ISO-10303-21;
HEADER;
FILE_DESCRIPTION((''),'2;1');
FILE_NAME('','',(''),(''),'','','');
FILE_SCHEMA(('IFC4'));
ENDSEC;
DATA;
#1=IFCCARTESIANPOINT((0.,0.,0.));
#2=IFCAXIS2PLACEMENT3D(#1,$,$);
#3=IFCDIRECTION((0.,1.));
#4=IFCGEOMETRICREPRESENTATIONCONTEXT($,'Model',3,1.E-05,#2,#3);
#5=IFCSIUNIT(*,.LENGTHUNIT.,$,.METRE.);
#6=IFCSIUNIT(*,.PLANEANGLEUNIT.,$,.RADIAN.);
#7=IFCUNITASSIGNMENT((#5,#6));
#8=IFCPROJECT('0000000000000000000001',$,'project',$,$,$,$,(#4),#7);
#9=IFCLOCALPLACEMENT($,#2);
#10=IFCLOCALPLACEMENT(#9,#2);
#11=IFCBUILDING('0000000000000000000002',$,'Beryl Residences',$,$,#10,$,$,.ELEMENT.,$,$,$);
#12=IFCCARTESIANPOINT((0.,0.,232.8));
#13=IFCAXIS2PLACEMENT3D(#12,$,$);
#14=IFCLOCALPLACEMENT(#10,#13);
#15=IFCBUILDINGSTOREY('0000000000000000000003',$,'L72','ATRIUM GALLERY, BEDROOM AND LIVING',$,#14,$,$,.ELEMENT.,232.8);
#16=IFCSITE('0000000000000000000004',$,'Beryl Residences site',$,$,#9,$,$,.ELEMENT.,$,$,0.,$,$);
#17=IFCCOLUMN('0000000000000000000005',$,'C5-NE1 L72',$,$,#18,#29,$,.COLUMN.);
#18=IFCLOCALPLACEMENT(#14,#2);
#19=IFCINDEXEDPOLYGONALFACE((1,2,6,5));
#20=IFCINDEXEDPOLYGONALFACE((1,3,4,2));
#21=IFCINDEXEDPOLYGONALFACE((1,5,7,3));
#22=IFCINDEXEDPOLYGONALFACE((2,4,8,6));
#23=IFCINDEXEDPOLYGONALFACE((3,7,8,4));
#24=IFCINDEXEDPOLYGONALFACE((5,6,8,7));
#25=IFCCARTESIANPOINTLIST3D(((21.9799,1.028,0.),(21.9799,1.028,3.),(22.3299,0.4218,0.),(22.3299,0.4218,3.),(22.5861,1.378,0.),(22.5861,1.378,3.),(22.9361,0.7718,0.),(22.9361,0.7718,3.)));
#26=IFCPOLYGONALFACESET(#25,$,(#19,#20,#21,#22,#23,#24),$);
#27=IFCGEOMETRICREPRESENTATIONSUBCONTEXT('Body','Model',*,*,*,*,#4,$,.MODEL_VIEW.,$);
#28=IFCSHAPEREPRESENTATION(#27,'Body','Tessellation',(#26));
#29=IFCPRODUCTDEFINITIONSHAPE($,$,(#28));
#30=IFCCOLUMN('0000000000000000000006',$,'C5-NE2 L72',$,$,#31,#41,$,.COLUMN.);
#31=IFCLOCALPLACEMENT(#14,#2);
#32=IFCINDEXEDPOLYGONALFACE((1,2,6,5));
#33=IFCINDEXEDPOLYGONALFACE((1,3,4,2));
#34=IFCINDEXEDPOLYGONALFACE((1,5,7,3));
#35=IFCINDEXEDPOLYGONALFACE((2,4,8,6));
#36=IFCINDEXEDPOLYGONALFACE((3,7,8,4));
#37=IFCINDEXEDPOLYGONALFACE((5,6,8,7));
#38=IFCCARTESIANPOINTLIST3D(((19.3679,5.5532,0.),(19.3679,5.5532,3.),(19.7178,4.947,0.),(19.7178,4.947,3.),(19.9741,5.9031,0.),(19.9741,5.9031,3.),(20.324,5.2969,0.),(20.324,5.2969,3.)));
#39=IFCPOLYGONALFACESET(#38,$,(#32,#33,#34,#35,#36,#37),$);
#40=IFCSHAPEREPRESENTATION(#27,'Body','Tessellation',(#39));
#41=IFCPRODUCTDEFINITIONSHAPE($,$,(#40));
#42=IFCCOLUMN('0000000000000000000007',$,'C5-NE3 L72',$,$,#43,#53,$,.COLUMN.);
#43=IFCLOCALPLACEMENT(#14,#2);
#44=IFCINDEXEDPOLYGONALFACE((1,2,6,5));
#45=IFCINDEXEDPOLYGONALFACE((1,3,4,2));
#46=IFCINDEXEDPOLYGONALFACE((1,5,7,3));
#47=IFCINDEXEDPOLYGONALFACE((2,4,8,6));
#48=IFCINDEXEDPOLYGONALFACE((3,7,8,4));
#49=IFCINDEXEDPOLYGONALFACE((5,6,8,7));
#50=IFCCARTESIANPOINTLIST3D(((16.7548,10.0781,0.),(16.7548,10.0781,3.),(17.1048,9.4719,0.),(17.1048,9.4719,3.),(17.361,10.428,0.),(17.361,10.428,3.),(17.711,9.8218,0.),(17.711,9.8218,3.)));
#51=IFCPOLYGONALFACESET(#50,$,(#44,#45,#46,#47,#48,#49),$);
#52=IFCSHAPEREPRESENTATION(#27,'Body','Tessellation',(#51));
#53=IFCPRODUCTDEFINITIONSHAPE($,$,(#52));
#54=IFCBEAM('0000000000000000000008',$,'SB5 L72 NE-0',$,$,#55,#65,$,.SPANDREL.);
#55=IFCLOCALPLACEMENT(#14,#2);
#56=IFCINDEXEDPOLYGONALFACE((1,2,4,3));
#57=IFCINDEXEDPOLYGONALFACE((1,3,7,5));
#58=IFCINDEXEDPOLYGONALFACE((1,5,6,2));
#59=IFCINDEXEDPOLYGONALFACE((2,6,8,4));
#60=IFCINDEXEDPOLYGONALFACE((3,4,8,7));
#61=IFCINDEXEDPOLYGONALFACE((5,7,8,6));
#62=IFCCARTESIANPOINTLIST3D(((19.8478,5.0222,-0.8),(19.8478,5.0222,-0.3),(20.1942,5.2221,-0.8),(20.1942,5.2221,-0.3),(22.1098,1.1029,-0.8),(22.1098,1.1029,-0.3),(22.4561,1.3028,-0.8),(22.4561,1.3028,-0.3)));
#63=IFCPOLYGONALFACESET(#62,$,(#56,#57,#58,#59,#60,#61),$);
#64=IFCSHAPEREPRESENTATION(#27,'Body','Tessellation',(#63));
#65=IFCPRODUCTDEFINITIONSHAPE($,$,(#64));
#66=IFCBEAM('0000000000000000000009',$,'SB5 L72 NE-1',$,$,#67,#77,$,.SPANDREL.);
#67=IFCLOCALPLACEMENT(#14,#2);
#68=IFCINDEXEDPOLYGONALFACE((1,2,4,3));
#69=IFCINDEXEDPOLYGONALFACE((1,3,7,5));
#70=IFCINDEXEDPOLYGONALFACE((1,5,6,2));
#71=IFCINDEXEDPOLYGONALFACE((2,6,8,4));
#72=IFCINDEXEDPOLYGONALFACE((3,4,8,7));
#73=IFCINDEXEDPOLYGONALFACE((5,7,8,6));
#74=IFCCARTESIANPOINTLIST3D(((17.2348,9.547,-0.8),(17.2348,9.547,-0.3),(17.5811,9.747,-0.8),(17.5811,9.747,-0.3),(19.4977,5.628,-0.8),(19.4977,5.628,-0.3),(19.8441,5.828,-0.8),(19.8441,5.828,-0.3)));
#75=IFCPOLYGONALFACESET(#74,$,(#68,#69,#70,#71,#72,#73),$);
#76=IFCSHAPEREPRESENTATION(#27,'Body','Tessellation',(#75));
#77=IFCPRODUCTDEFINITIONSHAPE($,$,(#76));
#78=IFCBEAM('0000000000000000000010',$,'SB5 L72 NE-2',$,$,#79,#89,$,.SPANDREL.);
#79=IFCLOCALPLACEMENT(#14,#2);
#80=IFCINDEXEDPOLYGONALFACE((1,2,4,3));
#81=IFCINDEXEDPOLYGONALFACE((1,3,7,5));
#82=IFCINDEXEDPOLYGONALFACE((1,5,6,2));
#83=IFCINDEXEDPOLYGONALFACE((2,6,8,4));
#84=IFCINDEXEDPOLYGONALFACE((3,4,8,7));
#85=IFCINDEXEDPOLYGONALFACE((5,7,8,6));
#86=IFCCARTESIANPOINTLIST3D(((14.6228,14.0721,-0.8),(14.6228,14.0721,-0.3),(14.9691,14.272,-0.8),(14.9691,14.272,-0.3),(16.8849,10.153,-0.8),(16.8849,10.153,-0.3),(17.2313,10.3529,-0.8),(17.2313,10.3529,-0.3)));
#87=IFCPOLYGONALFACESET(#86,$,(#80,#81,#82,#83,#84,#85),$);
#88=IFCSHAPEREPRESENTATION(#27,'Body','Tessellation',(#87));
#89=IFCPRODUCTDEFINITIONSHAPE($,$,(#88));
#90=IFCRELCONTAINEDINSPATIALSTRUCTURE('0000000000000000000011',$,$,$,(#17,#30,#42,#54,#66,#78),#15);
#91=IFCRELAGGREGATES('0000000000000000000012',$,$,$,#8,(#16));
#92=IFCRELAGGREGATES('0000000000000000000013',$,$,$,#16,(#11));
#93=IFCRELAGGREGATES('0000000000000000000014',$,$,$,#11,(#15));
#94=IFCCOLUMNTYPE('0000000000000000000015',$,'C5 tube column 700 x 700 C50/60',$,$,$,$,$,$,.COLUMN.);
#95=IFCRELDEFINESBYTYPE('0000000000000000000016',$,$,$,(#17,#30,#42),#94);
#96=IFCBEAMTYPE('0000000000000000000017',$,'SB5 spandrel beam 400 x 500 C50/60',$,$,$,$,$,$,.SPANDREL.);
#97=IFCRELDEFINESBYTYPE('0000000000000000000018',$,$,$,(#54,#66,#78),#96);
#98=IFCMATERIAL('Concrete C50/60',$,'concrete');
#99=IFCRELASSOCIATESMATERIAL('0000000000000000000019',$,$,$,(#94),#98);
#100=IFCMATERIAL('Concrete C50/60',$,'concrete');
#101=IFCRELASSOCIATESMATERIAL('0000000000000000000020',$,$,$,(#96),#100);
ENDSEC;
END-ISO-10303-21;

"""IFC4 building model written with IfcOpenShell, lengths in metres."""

from ifc_helpers import new_model, si_unit, direction, frame, origin, origin_2d, place, context, subcontext, project, spatial, rectangle, extrude, material, material_profile, profile_set, type_object, element, save


model = new_model("IFC4")

# Units and contexts
model_context = context("Model", 3, precision=1e-05, world=origin(), true_north=direction((0.0, 1.0)))
body_context = subcontext(model_context, "Body", "Model", "MODEL_VIEW")
ifc_project = project(units=[si_unit("LENGTHUNIT", "METRE"), si_unit("PLANEANGLEUNIT", "RADIAN")], contexts=[model_context])

# Site, building, storey
site_placement = place(None, origin())
site = spatial("IfcSite", under=ifc_project, at=site_placement, Name="Beryl Residences site", CompositionType="ELEMENT", RefElevation=0.0)
building_placement = place(site_placement, origin())
building = spatial("IfcBuilding", under=site, at=building_placement, Name="Beryl Residences", CompositionType="ELEMENT")
storey_placement = place(building_placement, frame((0.0, 0.0, 232.8)))
storey = spatial("IfcBuildingStorey", under=building, at=storey_placement, Name="L72", Description="ATRIUM GALLERY, BEDROOM AND LIVING", CompositionType="ELEMENT", Elevation=232.8)

# Columns
ifc_material_1 = material(Name="Concrete C50/60", Category="concrete")
ifc_material_profile_1 = material_profile(ifc_material_1, rectangle(XDim=0.7, YDim=0.7, at=origin_2d()))
ifc_profile_set_1 = profile_set([ifc_material_profile_1], Name="Concrete C50/60")
column_type = type_object("IfcColumnType", Name="C5 tube column 700 x 700 C50/60", PredefinedType="COLUMN", material=ifc_profile_set_1)
for number, where, z_axis, x_axis, name in (
    (1, (22.458, 0.8999, 0.0), (0.0, 0.0, 1.0), (-0.49997, 0.866043, 0.0), "C5-NE1 L72"),
    (2, (19.8459, 5.425, 0.0), (0.0, 0.0, 1.0), (-0.49997, 0.866043, 0.0), "C5-NE2 L72"),
    (3, (17.2329, 9.95, 0.0), (0.0, 0.0, 1.0), (-0.49997, 0.866043, 0.0), "C5-NE3 L72"),
):
    element("IfcColumn", number, at=place(storey_placement, frame(where, z_axis=z_axis, x_axis=x_axis)), inside=storey, type_object=column_type, Name=name, PredefinedType="COLUMN", context=body_context, shape_type="SweptSolid", body=[
        extrude(rectangle(XDim=0.7, YDim=0.7, at=origin_2d()), origin(), (0.0, 0.0, 1.0), 3.0),
    ])

# Beams
ifc_material_2 = material(Name="Concrete C50/60", Category="concrete")
ifc_material_profile_2 = material_profile(ifc_material_2, rectangle(XDim=0.3999, YDim=0.5, at=origin_2d()))
ifc_profile_set_2 = profile_set([ifc_material_profile_2], Name="Concrete C50/60")
beam_type = type_object("IfcBeamType", Name="SB5 spandrel beam 400 x 500 C50/60", PredefinedType="SPANDREL", material=ifc_profile_set_2)
beam_1_placement = place(storey_placement, frame((22.283, 1.2029, -0.55), z_axis=(-0.49987, 0.8661, 0.0), x_axis=(-0.8661, -0.49987, 0.0)))
element("IfcBeam", 4, at=beam_1_placement, inside=storey, type_object=beam_type, Name="SB5 L72 NE-0", PredefinedType="SPANDREL", context=body_context, shape_type="SweptSolid", body=[
    extrude(rectangle(XDim=0.3999, YDim=0.5, at=origin_2d()), origin(), (0.0, 0.0, 1.0), 4.5251),
])
beam_2_placement = place(storey_placement, frame((19.6709, 5.728, -0.55), z_axis=(-0.500056, 0.865993, 0.0), x_axis=(-0.865993, -0.500056, 0.0)))
element("IfcBeam", 5, at=beam_2_placement, inside=storey, type_object=beam_type, Name="SB5 L72 NE-1", PredefinedType="SPANDREL", context=body_context, shape_type="SweptSolid", body=[
    extrude(rectangle(XDim=0.3999, YDim=0.5, at=origin_2d()), origin(), (0.0, 0.0, 1.0), 4.5254),
])
beam_3_placement = place(storey_placement, frame((17.0581, 10.2529, -0.55), z_axis=(-0.499911, 0.866077, 0.0), x_axis=(-0.866077, -0.499911, 0.0)))
element("IfcBeam", 6, at=beam_3_placement, inside=storey, type_object=beam_type, Name="SB5 L72 NE-2", PredefinedType="SPANDREL", context=body_context, shape_type="SweptSolid", body=[
    extrude(rectangle(XDim=0.3999, YDim=0.5, at=origin_2d()), origin(), (0.0, 0.0, 1.0), 4.5251),
])

save(model, "model.ifc")
